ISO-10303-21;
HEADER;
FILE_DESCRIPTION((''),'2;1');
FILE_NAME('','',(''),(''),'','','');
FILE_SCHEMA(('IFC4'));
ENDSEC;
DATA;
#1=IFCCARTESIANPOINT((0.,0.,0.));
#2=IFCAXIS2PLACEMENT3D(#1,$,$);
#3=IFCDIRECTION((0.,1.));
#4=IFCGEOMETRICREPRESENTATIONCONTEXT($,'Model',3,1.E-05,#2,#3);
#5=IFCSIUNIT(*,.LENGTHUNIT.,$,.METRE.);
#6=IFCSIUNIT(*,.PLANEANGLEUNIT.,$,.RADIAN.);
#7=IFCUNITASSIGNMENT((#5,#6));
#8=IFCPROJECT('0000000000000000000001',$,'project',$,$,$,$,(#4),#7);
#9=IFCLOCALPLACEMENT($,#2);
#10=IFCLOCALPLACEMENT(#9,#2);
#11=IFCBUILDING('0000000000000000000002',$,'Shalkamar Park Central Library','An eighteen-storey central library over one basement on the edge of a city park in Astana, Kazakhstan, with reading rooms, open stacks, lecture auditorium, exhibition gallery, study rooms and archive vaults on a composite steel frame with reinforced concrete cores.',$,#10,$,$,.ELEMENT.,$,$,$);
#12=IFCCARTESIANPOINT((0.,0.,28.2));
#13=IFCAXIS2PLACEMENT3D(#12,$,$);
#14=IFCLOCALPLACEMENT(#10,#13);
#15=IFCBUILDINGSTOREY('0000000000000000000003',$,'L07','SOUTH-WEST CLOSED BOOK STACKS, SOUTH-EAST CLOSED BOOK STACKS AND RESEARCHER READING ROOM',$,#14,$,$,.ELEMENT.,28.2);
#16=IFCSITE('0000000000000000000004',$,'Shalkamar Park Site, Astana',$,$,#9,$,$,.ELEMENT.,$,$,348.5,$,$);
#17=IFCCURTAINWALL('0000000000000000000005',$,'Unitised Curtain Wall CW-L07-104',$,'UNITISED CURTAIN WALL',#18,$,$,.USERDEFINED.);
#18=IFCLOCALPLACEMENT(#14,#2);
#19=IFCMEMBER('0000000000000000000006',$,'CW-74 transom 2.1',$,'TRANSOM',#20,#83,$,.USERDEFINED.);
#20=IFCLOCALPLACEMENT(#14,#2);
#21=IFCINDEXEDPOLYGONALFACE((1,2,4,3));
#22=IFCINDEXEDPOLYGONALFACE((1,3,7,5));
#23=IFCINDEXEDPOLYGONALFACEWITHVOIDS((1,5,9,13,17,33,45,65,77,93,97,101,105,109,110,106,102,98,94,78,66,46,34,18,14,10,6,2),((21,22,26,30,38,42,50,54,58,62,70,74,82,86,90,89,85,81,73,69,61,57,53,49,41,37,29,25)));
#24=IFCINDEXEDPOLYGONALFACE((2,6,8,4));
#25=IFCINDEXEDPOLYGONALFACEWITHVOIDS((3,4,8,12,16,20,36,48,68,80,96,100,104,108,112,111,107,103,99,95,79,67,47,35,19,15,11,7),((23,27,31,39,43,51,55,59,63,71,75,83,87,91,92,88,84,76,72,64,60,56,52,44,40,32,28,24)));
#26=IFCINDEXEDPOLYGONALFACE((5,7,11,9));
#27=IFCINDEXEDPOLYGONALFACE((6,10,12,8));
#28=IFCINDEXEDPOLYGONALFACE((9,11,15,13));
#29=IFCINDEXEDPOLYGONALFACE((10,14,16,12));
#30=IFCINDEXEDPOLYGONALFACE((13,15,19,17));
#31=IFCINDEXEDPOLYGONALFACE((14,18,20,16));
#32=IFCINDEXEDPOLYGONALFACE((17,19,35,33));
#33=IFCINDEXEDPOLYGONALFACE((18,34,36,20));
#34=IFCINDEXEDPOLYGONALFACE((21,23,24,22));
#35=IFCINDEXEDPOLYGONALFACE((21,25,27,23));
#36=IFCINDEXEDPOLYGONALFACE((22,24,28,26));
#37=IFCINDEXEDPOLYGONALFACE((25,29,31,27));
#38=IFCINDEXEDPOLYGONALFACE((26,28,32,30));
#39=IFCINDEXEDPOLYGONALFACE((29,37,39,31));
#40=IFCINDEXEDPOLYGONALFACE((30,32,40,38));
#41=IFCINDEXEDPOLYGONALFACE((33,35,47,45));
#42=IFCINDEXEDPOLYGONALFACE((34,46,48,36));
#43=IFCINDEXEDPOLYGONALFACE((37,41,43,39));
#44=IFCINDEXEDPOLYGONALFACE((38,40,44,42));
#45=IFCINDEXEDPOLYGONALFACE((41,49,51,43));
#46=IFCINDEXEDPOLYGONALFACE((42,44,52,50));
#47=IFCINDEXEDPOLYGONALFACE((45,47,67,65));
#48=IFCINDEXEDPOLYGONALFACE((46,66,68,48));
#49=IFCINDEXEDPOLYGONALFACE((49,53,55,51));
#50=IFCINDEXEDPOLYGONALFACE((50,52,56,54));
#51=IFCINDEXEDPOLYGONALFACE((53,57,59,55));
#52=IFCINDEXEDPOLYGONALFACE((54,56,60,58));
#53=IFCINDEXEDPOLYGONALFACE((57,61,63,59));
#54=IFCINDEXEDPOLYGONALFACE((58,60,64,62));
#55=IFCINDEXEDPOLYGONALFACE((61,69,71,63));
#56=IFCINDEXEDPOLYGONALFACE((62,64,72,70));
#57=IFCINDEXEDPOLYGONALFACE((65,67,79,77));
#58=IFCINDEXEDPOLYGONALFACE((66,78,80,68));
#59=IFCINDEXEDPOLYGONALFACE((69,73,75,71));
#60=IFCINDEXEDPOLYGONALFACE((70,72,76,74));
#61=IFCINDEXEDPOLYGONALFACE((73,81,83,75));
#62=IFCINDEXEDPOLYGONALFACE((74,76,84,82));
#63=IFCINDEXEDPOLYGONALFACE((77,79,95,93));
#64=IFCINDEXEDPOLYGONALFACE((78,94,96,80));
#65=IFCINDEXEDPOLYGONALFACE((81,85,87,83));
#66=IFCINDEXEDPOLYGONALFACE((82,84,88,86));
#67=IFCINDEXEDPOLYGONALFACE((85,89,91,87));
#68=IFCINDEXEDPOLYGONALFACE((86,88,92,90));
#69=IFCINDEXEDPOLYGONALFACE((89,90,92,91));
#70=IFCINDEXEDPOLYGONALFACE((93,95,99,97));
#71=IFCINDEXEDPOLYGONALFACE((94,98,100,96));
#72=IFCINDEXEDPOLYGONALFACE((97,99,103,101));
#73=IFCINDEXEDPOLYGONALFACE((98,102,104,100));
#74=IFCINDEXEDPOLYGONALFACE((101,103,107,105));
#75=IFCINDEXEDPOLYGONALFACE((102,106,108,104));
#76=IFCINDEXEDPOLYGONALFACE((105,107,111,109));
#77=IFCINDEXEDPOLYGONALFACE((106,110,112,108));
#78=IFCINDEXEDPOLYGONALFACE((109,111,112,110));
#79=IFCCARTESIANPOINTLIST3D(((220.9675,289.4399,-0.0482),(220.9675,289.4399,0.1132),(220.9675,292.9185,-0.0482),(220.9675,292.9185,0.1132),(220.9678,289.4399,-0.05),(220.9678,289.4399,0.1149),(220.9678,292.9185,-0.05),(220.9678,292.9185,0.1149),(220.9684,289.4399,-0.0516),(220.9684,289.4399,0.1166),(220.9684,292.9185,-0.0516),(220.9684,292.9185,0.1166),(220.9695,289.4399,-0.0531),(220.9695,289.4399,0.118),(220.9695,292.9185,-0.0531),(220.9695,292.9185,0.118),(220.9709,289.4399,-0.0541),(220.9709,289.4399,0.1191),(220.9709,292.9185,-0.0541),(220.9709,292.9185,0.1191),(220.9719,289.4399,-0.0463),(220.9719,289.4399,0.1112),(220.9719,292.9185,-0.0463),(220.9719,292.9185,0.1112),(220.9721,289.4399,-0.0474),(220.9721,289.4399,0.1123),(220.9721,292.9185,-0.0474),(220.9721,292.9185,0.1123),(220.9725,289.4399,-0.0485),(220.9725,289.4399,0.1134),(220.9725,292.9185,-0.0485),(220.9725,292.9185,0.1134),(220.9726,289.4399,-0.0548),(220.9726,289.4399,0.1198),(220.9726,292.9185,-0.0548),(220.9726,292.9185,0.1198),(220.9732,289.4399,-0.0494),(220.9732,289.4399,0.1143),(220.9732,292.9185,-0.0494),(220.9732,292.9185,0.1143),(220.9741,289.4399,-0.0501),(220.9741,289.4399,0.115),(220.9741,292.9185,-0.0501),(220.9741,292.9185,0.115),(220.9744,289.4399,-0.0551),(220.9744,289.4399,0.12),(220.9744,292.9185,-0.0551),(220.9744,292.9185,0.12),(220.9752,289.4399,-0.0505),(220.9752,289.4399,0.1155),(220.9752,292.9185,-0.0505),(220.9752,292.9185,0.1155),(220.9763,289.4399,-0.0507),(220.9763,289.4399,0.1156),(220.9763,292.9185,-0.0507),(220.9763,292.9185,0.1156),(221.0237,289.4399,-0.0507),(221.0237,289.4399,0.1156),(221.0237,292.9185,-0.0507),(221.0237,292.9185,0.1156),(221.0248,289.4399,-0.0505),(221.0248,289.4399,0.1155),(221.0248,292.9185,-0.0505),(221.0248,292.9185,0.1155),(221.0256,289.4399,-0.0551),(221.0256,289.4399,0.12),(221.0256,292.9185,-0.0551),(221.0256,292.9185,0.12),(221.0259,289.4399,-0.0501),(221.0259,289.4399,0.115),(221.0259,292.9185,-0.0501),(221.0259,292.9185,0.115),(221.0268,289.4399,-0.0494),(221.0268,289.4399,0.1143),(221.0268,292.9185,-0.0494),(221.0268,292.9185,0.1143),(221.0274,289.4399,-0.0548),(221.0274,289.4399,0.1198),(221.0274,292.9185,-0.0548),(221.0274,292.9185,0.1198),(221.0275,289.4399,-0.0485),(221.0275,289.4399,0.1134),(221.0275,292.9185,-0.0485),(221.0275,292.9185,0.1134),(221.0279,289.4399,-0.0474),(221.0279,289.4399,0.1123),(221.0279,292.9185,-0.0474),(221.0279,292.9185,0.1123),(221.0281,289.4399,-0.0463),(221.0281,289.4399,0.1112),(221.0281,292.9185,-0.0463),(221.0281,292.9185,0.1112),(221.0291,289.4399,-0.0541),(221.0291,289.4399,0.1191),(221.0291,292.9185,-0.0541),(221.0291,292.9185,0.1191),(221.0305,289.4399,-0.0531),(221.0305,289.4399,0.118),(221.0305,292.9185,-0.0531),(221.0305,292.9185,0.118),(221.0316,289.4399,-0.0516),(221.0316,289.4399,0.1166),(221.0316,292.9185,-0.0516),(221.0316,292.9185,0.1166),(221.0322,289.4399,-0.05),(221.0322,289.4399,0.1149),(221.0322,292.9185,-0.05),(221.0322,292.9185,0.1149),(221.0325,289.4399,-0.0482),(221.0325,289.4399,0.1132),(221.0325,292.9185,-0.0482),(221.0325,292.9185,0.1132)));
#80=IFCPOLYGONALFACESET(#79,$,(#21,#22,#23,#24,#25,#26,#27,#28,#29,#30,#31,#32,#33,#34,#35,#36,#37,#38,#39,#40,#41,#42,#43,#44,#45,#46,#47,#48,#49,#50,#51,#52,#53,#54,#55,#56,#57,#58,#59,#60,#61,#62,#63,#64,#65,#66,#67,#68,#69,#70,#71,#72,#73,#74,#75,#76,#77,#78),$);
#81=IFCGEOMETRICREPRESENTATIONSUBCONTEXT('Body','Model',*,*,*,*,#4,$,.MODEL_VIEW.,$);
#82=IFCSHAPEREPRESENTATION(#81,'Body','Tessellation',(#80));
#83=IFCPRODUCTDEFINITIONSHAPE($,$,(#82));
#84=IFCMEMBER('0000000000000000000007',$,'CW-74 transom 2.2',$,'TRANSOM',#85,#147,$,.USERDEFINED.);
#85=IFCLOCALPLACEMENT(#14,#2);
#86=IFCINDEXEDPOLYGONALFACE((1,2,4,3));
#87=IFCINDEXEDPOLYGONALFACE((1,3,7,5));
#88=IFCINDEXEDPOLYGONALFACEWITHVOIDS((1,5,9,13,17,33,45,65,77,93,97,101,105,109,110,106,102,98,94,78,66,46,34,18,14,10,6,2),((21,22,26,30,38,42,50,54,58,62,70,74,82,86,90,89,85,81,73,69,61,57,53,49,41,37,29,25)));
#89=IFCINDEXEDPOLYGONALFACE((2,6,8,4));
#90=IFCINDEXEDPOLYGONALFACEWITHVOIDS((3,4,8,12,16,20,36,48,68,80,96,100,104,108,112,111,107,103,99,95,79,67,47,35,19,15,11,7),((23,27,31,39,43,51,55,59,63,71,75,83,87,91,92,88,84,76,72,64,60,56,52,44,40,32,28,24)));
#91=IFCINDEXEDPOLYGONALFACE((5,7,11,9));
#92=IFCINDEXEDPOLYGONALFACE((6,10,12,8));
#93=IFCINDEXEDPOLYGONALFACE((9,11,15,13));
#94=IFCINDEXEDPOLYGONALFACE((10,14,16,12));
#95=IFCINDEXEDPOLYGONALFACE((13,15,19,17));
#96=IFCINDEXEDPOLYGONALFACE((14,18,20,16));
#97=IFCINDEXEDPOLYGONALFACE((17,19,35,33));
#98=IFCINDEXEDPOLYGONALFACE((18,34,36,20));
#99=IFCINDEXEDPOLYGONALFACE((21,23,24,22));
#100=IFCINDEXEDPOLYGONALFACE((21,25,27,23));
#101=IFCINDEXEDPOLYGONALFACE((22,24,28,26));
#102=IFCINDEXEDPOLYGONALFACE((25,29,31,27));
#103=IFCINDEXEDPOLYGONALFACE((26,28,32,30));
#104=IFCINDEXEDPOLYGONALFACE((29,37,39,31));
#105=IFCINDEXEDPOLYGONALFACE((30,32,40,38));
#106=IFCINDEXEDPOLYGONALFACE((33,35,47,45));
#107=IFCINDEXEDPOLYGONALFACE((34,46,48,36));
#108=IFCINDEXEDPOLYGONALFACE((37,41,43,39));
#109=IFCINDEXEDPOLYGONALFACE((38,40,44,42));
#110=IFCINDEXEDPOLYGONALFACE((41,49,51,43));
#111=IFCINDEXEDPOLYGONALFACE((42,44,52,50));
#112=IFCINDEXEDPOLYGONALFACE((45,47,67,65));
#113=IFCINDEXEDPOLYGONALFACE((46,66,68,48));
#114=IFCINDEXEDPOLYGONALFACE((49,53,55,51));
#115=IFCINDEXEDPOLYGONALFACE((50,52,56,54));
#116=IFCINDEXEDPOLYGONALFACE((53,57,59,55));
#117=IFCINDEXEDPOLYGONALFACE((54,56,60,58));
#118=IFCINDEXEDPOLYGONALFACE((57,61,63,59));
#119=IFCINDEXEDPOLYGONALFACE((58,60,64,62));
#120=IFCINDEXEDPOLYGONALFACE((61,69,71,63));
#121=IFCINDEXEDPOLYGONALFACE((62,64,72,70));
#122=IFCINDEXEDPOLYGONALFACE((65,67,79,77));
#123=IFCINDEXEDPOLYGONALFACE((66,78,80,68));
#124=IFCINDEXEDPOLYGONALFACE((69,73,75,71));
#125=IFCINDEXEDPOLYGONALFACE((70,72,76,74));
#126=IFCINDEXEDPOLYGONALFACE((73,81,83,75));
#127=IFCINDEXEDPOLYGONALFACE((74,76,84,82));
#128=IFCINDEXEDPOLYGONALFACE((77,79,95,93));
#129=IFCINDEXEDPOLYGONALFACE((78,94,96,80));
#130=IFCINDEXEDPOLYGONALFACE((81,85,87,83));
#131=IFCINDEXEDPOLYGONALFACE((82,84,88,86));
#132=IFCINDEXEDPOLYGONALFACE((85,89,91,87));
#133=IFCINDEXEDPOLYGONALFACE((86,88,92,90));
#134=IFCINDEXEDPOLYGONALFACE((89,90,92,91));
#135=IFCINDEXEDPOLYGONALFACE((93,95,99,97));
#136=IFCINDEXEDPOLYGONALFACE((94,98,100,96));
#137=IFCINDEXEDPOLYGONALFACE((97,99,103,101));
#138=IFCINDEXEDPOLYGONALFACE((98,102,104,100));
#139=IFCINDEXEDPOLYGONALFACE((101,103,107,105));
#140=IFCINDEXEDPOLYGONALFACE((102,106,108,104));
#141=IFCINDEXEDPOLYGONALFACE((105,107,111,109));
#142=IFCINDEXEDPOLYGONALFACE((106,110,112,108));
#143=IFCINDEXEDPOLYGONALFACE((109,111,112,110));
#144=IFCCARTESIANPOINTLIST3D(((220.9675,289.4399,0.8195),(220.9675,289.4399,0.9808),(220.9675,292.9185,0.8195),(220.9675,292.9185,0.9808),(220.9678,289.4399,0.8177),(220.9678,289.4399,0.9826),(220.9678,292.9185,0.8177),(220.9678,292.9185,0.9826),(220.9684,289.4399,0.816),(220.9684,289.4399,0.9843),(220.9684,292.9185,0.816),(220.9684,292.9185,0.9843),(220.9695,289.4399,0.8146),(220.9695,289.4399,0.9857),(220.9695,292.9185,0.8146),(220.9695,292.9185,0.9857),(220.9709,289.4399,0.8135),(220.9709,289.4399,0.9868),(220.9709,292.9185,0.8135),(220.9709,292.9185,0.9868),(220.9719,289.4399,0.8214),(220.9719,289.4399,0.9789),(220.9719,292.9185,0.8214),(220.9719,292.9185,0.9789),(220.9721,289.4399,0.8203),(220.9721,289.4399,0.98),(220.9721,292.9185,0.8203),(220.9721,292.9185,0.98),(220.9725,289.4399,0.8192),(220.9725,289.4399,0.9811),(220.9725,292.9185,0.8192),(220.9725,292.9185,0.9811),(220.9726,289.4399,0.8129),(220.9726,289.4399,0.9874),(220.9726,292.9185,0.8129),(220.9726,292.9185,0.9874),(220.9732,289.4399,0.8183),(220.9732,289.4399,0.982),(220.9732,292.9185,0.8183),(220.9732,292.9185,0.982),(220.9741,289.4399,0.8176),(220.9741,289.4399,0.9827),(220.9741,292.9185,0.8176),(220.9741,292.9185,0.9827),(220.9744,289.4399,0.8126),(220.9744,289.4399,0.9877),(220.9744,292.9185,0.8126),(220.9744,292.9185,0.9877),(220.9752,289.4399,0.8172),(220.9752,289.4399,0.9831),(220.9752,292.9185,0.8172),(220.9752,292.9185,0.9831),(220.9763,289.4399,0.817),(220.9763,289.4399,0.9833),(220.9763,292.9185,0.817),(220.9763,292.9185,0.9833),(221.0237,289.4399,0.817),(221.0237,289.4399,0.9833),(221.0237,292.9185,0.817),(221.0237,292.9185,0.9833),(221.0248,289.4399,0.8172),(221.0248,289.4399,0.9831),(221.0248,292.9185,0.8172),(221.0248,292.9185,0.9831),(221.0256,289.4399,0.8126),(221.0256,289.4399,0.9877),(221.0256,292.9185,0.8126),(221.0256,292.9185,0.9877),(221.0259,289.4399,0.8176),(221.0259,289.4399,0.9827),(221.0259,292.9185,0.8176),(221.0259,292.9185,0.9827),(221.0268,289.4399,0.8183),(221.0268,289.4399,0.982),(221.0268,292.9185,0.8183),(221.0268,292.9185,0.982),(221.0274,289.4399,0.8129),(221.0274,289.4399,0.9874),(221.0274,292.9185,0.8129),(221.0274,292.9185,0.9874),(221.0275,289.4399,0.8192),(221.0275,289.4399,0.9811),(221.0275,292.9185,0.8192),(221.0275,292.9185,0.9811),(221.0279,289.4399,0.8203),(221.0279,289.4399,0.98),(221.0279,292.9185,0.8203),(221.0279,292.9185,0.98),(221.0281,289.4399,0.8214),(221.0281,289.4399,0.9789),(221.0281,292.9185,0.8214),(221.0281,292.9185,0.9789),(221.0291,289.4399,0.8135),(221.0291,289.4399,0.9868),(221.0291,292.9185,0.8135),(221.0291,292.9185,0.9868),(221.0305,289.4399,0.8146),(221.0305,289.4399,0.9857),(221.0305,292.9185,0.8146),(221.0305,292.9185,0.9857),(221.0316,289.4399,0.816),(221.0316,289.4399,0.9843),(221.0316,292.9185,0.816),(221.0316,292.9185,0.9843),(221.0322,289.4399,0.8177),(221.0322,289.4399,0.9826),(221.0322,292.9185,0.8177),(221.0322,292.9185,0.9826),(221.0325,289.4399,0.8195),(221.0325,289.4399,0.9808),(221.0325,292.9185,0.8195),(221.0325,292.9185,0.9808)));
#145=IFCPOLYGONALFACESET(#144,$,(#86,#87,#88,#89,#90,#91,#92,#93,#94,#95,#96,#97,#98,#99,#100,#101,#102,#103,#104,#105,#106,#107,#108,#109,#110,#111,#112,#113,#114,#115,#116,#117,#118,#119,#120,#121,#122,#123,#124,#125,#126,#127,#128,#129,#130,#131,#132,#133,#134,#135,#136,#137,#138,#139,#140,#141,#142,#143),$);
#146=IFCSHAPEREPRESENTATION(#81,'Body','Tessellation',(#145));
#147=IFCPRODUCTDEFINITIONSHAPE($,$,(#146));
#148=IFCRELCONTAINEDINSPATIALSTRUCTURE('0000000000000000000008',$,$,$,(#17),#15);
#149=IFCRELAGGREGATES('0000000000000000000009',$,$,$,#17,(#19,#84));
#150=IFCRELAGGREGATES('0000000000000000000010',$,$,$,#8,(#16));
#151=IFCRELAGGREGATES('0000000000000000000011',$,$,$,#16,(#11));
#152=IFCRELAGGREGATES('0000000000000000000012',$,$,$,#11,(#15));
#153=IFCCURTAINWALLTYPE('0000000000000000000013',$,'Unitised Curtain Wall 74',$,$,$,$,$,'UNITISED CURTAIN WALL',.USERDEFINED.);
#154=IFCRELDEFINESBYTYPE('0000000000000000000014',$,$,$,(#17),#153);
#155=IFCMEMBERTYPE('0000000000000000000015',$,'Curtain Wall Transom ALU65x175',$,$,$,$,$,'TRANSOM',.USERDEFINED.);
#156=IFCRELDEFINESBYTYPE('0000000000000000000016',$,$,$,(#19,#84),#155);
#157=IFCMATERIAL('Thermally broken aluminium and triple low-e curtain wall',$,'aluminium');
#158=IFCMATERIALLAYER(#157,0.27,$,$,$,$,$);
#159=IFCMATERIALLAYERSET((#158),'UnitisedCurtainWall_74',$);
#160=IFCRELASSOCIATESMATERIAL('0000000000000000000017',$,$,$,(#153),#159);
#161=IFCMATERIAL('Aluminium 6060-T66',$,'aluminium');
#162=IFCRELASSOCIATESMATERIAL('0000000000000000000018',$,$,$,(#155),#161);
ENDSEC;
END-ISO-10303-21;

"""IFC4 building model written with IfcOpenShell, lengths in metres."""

from ifc_helpers import new_model, si_unit, direction, frame, origin, origin_2d, place, context, subcontext, project, spatial, hollow_rectangle, extrude, material, layer, layer_set, material_profile, profile_set, type_object, element, aggregate, save


model = new_model("IFC4")

# Units and contexts
model_context = context("Model", 3, precision=1e-05, world=origin(), true_north=direction((0.0, 1.0)))
body_context = subcontext(model_context, "Body", "Model", "MODEL_VIEW")
ifc_project = project(units=[si_unit("LENGTHUNIT", "METRE"), si_unit("PLANEANGLEUNIT", "RADIAN")], contexts=[model_context])

# Site, building, storey
site_placement = place(None, origin())
site = spatial("IfcSite", under=ifc_project, at=site_placement, Name="Shalkamar Park Site, Astana", CompositionType="ELEMENT", RefElevation=348.5)
building_placement = place(site_placement, origin())
building = spatial("IfcBuilding", under=site, at=building_placement, Name="Shalkamar Park Central Library", Description="An eighteen-storey central library over one basement on the edge of a city park in Astana, Kazakhstan, with reading rooms, open stacks, lecture auditorium, exhibition gallery, study rooms and archive vaults on a composite steel frame with reinforced concrete cores.", CompositionType="ELEMENT")
storey_placement = place(building_placement, frame((0.0, 0.0, 28.2)))
storey = spatial("IfcBuildingStorey", under=building, at=storey_placement, Name="L07", Description="SOUTH-WEST CLOSED BOOK STACKS, SOUTH-EAST CLOSED BOOK STACKS AND RESEARCHER READING ROOM", CompositionType="ELEMENT", Elevation=28.2)

# Curtain wall, members
ifc_material_1 = material(Name="Thermally broken aluminium and triple low-e curtain wall", Category="aluminium")
ifc_layer_1 = layer(ifc_material_1, 0.27)
ifc_layer_set_1 = layer_set([ifc_layer_1], Name="UnitisedCurtainWall_74")
curtain_wall_type = type_object("IfcCurtainWallType", Name="Unitised Curtain Wall 74", ElementType="UNITISED CURTAIN WALL", PredefinedType="USERDEFINED", material=ifc_layer_set_1)
curtain_wall_placement = place(storey_placement, origin())
curtain_wall = element("IfcCurtainWall", 1, at=curtain_wall_placement, inside=storey, type_object=curtain_wall_type, Name="Unitised Curtain Wall CW-L07-104", ObjectType="UNITISED CURTAIN WALL", PredefinedType="USERDEFINED")
ifc_material_2 = material(Name="Aluminium 6060-T66", Category="aluminium")
ifc_material_profile_1 = material_profile(ifc_material_2, hollow_rectangle(XDim=0.0649, YDim=0.175, WallThickness=0.0044, InnerFilletRadius=0.0044, OuterFilletRadius=0.0068, at=origin_2d()), Name="ALU 65x175x4.5")
ifc_profile_set_1 = profile_set([ifc_material_profile_1], Name="Aluminium 6060-T66")
member_type_1 = type_object("IfcMemberType", Name="Curtain Wall Transom ALU65x175", ElementType="TRANSOM", PredefinedType="USERDEFINED", material=ifc_profile_set_1)
member_1_placement = place(storey_placement, frame((221.0, 289.4399, 0.0325), z_axis=(0.0, 1.0, 0.0), x_axis=(-1.0, 0.0, 0.0)))
member_1 = element("IfcMember", 2, at=member_1_placement, type_object=member_type_1, Name="CW-74 transom 2.1", ObjectType="TRANSOM", PredefinedType="USERDEFINED", context=body_context, shape_type="SweptSolid", body=[
    extrude(hollow_rectangle(XDim=0.0649, YDim=0.175, WallThickness=0.0044, InnerFilletRadius=0.0044, OuterFilletRadius=0.0068, at=origin_2d()), origin(), (0.0, 0.0, 1.0), 3.4785),
])
member_2_placement = place(storey_placement, frame((221.0, 289.4399, 0.9001), z_axis=(0.0, 1.0, 0.0), x_axis=(-1.0, 0.0, 0.0)))
member_2 = element("IfcMember", 3, at=member_2_placement, type_object=member_type_1, Name="CW-74 transom 2.2", ObjectType="TRANSOM", PredefinedType="USERDEFINED", context=body_context, shape_type="SweptSolid", body=[
    extrude(hollow_rectangle(XDim=0.0649, YDim=0.175, WallThickness=0.0044, InnerFilletRadius=0.0044, OuterFilletRadius=0.0068, at=origin_2d()), origin(), (0.0, 0.0, 1.0), 3.4785),
])

aggregate(curtain_wall, [member_1, member_2])

save(model, "model.ifc")
